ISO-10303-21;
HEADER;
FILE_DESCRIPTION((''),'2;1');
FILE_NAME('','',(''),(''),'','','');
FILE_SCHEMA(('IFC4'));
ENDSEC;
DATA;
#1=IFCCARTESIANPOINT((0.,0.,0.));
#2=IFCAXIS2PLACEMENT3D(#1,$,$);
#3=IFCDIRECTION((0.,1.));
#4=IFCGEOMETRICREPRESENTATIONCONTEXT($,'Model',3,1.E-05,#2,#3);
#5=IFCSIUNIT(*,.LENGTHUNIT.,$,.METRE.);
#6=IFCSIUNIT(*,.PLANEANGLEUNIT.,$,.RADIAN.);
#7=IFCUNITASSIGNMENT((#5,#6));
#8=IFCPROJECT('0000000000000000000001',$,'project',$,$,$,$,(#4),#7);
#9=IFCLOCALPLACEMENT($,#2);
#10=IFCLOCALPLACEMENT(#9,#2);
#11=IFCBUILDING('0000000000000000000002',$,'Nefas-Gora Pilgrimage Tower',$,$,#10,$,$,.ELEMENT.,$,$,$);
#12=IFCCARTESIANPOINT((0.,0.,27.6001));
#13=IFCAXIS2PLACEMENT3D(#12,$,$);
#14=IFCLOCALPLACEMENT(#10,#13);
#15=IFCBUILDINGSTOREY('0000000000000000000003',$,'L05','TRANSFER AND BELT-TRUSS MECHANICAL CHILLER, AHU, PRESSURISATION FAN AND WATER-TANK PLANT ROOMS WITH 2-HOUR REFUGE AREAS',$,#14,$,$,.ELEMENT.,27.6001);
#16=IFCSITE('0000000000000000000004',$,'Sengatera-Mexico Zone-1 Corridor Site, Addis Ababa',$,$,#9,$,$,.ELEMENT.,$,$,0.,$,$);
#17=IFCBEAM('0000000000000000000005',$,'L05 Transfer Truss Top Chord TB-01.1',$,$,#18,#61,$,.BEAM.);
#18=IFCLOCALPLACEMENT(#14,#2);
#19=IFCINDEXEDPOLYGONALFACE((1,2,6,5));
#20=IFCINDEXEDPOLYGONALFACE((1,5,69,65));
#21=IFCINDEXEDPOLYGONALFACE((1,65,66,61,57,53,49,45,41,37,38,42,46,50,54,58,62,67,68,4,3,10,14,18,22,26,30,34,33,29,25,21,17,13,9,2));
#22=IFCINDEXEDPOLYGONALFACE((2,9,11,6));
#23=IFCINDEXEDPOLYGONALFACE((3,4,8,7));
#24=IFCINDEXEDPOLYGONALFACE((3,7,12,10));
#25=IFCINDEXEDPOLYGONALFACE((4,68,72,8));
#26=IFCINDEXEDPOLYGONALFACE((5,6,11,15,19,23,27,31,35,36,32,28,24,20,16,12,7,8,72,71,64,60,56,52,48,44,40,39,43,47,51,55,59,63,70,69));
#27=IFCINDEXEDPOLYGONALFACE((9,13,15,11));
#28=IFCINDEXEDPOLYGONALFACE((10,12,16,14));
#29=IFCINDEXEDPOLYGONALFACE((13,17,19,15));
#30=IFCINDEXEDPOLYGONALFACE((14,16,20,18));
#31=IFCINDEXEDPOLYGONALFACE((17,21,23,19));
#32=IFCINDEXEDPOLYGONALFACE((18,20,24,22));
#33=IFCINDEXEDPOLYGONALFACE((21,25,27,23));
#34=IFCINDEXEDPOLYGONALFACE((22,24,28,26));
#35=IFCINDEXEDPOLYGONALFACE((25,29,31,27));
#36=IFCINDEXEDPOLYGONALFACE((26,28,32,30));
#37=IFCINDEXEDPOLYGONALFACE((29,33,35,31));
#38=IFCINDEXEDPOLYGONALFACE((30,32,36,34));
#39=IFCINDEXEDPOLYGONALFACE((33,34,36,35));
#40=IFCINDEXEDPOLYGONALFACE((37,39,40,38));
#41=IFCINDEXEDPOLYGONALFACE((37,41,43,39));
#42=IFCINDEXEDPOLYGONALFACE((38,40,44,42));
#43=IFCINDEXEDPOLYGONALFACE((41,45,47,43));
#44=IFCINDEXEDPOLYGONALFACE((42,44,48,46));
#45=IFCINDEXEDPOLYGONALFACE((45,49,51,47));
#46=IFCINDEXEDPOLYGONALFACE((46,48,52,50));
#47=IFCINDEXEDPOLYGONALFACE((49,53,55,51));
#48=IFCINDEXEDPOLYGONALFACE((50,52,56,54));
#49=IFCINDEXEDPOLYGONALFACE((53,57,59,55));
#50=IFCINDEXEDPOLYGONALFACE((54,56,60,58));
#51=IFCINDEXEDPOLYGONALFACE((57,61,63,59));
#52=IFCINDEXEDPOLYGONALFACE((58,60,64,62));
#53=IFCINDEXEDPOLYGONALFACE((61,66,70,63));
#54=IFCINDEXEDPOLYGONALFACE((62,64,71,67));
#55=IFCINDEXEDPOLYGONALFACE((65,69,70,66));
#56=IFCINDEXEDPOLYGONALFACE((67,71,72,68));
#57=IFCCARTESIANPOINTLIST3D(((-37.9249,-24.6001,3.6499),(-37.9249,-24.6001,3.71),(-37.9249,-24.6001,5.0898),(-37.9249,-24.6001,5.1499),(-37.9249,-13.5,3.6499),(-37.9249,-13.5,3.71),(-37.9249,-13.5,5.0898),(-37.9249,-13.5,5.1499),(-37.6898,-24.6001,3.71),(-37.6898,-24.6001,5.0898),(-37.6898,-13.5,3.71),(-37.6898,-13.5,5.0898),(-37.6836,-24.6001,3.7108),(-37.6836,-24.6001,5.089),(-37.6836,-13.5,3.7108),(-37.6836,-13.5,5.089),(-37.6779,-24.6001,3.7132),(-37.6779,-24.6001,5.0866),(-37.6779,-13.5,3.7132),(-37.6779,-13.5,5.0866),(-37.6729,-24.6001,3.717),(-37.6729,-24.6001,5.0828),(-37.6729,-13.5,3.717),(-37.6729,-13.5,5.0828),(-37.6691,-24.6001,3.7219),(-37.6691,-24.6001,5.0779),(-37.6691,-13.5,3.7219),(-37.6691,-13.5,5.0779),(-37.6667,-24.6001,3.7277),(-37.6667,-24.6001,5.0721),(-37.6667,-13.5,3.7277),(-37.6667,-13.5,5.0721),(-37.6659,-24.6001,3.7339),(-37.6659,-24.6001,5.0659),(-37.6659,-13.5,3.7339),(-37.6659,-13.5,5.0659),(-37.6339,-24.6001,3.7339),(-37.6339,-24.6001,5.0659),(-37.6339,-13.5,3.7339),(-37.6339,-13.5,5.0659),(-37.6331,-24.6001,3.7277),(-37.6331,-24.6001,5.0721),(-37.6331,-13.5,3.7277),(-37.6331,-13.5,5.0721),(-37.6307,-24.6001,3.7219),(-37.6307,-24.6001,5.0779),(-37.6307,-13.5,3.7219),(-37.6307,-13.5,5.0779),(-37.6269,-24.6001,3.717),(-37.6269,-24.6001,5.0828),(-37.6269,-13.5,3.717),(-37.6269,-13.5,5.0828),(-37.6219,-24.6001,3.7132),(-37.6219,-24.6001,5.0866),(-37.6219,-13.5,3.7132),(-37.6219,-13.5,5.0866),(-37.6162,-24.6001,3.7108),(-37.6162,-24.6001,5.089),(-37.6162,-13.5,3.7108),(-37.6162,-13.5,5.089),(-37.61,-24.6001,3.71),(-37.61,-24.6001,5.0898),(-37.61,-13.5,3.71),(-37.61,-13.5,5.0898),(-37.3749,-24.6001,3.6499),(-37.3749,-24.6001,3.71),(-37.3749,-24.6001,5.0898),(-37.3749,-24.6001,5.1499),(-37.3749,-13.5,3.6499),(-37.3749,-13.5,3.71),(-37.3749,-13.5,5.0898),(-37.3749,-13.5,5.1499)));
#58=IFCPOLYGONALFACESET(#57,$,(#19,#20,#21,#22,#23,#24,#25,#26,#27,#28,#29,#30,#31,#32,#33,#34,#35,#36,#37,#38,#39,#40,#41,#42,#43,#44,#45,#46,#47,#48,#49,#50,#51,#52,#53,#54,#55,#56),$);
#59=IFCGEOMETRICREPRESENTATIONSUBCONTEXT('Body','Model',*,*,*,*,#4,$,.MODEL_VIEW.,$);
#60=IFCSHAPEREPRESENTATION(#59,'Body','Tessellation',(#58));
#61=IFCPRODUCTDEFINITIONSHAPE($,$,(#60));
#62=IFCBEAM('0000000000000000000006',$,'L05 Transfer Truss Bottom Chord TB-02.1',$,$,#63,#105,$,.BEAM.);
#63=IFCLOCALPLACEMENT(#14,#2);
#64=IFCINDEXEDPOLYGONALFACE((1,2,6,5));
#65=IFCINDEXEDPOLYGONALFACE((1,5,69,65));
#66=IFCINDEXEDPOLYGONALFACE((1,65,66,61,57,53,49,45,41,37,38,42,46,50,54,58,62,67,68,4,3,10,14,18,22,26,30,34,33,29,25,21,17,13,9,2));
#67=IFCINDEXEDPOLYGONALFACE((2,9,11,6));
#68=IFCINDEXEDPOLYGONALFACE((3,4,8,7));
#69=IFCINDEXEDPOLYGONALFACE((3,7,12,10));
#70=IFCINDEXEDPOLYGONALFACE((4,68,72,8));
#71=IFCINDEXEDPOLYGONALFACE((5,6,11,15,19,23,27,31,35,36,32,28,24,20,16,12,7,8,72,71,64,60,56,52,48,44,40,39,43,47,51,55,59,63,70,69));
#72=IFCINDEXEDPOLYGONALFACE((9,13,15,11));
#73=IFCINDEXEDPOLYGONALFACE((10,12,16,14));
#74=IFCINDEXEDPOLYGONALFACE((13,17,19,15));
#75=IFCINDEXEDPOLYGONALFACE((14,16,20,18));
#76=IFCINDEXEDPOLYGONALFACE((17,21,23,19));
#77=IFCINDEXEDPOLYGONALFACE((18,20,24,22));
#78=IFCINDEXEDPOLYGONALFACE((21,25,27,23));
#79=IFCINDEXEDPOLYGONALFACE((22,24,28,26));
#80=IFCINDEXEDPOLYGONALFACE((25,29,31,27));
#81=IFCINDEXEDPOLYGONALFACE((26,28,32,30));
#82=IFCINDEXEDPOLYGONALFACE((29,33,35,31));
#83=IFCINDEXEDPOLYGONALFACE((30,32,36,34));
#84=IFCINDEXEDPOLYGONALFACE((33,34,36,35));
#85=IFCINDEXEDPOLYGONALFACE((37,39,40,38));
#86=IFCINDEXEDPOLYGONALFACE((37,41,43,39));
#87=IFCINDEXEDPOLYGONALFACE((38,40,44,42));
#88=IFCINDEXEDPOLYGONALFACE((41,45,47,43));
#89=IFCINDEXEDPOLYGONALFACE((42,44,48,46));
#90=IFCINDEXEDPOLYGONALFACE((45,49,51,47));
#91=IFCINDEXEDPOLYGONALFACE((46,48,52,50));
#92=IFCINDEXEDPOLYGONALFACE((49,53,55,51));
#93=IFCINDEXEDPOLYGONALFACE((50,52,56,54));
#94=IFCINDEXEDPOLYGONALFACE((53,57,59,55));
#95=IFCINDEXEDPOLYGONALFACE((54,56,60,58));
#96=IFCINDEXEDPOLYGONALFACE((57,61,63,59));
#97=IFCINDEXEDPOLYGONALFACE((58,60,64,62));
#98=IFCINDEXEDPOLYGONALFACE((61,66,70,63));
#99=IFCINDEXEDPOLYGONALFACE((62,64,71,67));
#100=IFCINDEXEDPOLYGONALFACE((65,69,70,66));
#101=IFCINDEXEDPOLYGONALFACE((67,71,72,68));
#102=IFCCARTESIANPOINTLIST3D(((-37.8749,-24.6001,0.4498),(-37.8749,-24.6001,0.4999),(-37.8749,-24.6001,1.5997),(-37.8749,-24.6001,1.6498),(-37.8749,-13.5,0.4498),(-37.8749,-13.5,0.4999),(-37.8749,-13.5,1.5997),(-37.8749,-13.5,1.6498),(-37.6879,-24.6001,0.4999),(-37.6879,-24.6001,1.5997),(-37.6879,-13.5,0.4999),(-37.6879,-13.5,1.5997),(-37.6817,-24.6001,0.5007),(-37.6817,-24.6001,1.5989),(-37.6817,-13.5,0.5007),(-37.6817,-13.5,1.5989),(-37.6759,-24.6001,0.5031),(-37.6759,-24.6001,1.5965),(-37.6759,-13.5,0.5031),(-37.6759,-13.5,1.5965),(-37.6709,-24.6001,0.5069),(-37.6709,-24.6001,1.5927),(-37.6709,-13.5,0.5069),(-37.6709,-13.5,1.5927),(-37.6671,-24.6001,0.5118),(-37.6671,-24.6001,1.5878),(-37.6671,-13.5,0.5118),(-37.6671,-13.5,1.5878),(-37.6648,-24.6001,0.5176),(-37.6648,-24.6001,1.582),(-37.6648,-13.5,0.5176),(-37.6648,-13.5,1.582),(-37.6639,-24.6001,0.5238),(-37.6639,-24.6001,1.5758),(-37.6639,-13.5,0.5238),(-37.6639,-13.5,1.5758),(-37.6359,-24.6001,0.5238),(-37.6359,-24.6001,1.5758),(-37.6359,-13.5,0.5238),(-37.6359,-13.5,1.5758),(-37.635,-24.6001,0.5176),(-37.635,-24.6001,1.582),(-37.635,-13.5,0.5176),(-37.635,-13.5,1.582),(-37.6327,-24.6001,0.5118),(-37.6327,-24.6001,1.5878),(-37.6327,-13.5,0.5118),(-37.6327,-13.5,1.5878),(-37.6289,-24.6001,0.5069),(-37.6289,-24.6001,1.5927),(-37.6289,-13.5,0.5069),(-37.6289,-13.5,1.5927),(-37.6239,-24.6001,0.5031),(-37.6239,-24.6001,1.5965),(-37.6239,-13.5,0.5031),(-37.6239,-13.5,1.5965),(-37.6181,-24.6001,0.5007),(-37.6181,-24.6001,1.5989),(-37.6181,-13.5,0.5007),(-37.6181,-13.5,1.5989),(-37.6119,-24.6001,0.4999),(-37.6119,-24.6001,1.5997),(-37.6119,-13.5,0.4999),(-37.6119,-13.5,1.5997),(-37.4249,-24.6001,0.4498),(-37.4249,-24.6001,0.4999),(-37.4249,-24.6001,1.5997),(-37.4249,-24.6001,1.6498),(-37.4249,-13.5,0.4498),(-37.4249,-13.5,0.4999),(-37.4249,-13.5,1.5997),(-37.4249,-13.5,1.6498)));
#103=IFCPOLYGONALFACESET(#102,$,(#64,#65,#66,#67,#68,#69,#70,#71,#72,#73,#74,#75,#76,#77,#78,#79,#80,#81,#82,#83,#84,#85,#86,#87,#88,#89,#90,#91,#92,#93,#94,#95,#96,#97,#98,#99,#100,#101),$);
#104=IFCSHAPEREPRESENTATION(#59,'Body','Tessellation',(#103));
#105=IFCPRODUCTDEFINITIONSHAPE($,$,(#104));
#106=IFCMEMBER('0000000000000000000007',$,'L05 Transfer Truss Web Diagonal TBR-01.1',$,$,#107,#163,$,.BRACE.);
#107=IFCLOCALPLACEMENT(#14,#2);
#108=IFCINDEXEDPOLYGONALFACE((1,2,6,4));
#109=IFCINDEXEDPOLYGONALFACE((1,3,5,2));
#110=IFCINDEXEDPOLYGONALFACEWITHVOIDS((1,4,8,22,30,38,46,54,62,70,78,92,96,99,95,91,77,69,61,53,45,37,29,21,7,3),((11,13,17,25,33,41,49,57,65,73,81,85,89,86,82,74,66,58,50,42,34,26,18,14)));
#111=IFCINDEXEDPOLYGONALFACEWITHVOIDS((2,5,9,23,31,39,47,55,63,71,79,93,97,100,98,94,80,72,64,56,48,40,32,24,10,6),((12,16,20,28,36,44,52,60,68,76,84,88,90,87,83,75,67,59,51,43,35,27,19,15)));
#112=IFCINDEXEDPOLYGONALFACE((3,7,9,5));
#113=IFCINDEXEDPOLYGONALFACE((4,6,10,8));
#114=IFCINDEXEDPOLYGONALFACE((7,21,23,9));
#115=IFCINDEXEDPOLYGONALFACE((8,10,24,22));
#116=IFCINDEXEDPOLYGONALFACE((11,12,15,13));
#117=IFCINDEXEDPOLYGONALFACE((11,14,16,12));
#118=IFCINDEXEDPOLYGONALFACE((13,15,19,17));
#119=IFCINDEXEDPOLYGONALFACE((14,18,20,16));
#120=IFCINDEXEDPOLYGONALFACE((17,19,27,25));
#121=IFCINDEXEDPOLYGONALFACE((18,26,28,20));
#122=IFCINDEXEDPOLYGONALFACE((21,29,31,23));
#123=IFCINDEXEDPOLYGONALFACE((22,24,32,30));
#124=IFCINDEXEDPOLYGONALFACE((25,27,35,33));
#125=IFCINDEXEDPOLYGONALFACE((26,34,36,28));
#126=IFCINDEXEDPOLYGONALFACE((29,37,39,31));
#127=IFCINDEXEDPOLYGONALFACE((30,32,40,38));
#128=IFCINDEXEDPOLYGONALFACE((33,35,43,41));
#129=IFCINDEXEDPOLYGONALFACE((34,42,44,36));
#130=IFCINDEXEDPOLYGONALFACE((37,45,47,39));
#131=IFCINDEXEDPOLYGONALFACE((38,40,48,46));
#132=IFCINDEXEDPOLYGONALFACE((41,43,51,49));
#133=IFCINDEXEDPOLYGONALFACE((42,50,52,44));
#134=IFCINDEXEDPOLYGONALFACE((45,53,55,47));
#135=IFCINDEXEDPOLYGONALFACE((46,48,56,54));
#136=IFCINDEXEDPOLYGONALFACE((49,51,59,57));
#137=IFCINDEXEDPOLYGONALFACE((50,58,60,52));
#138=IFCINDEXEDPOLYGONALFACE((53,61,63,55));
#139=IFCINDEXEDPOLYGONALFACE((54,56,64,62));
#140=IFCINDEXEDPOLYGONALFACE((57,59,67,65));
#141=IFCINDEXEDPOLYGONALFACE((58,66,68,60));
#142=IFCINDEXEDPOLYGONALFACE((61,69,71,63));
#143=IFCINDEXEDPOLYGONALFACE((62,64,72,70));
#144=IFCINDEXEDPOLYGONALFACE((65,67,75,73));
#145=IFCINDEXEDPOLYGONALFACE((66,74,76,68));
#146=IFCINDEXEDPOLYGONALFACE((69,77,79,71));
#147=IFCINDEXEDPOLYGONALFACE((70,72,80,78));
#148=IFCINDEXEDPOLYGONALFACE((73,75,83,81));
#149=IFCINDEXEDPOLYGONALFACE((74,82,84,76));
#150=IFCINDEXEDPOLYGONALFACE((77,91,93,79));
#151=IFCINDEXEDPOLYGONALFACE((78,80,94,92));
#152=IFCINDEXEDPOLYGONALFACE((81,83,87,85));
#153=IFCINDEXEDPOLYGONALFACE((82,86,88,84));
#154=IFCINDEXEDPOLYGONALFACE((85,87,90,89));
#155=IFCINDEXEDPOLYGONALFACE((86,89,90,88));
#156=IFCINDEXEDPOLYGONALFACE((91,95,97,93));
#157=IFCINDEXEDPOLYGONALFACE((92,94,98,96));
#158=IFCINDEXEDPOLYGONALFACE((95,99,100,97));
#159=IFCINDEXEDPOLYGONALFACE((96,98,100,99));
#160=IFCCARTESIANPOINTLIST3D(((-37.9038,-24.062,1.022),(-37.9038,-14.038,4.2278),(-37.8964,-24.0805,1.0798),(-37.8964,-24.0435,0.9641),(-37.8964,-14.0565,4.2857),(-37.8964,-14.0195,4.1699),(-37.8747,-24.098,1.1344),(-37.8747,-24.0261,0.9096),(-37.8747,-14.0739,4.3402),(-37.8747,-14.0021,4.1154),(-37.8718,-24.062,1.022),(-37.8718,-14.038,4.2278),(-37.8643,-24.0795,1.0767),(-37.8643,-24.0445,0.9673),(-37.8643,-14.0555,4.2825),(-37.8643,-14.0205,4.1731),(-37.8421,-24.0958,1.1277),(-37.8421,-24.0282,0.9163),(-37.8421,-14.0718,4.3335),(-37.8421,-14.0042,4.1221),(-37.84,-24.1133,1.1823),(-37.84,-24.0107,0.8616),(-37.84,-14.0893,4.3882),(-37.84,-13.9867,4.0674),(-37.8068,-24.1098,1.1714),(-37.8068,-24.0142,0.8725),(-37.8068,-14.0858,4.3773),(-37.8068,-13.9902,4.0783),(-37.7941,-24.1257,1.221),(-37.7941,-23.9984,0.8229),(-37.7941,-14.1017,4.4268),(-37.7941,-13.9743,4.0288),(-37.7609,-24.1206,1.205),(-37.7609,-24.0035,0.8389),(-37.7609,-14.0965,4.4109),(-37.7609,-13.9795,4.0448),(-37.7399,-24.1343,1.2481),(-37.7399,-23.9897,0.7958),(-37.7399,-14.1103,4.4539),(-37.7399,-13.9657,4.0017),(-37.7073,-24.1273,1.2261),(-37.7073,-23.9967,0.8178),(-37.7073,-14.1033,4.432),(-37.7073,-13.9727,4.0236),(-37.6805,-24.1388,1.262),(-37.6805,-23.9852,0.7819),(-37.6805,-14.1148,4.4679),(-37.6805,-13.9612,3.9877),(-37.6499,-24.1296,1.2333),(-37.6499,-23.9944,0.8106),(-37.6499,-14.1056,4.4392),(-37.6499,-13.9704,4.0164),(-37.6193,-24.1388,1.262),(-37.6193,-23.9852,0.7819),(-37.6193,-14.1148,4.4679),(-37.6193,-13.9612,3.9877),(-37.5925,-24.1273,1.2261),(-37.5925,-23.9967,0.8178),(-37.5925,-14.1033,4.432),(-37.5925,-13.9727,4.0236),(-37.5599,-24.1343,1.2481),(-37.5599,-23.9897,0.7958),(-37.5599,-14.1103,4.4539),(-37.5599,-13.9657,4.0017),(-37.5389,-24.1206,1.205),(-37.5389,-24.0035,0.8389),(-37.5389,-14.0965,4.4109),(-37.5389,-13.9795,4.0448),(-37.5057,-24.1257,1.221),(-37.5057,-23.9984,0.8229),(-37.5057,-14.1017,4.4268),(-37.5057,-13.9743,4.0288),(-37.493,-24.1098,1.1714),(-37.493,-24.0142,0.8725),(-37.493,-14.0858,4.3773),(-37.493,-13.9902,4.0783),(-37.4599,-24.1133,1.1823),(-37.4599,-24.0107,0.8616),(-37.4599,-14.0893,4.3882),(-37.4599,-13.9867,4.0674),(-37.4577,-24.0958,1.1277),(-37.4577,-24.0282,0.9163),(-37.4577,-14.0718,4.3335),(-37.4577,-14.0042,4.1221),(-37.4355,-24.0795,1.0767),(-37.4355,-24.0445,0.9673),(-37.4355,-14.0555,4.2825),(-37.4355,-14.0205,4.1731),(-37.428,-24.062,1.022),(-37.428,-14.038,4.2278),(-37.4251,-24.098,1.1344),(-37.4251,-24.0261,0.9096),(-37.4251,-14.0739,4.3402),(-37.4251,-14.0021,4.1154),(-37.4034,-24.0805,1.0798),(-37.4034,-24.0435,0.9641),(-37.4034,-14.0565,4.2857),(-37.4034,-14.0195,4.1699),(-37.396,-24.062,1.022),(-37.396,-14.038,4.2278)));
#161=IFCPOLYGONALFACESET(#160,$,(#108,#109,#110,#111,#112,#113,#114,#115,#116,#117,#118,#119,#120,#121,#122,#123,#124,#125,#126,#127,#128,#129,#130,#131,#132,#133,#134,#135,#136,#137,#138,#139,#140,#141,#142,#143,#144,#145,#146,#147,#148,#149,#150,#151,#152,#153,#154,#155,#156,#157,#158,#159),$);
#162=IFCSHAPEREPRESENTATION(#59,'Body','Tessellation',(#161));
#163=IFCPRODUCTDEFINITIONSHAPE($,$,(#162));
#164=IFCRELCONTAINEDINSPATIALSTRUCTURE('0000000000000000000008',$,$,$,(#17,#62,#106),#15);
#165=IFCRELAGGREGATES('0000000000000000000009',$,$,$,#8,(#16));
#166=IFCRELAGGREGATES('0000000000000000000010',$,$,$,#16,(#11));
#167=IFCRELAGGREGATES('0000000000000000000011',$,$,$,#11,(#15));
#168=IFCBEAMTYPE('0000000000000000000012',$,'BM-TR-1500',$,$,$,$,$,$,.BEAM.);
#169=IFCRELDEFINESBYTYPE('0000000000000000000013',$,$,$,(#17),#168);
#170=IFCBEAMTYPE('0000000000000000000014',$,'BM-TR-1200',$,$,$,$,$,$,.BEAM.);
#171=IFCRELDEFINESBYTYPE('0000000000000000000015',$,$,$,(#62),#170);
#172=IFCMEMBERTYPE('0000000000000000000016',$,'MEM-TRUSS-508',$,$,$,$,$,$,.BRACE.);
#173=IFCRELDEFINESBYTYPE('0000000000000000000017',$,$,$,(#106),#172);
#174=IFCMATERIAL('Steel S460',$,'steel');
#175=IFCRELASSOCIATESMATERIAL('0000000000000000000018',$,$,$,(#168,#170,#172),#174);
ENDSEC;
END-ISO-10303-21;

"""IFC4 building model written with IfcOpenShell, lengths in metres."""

from ifc_helpers import new_model, si_unit, direction, frame, origin, origin_2d, place, context, subcontext, project, spatial, hollow_circle, i_section, extrude, source, transform, mapped, material, material_profile, profile_set, type_object, element, save


model = new_model("IFC4")

# Units and contexts
model_context = context("Model", 3, precision=1e-05, world=origin(), true_north=direction((0.0, 1.0)))
body_context = subcontext(model_context, "Body", "Model", "MODEL_VIEW")
ifc_project = project(units=[si_unit("LENGTHUNIT", "METRE"), si_unit("PLANEANGLEUNIT", "RADIAN")], contexts=[model_context])

# Site, building, storey
site_placement = place(None, origin())
site = spatial("IfcSite", under=ifc_project, at=site_placement, Name="Sengatera-Mexico Zone-1 Corridor Site, Addis Ababa", CompositionType="ELEMENT", RefElevation=0.0)
building_placement = place(site_placement, origin())
building = spatial("IfcBuilding", under=site, at=building_placement, Name="Nefas-Gora Pilgrimage Tower", CompositionType="ELEMENT")
storey_placement = place(building_placement, frame((0.0, 0.0, 27.6001)))
storey = spatial("IfcBuildingStorey", under=building, at=storey_placement, Name="L05", Description="TRANSFER AND BELT-TRUSS MECHANICAL CHILLER, AHU, PRESSURISATION FAN AND WATER-TANK PLANT ROOMS WITH 2-HOUR REFUGE AREAS", CompositionType="ELEMENT", Elevation=27.6001)

# Shared definitions
ifc_material_1 = material(Name="Steel S460", Category="steel")

# Beams
ifc_material_profile_1 = material_profile(ifc_material_1, i_section(OverallWidth=0.55, OverallDepth=1.5, WebThickness=0.032, FlangeThickness=0.0601, FilletRadius=0.0239, at=origin_2d()), Name="WPG 1500x550x32x60")
ifc_profile_set_1 = profile_set([ifc_material_profile_1], Name="Steel S460")
beam_type_1 = type_object("IfcBeamType", Name="BM-TR-1500", PredefinedType="BEAM", material=ifc_profile_set_1)
shared_shape_1 = source(origin(), body_context, "Body", "SweptSolid", [
    extrude(i_section(OverallWidth=0.55, OverallDepth=1.5, WebThickness=0.032, FlangeThickness=0.0601, FilletRadius=0.0239, at=origin_2d()), origin(), (0.0, 0.0, 1.0), 11.1001),
])
beam_1_placement = place(storey_placement, frame((-37.6499, -24.6001, 4.3999), z_axis=(0.0, 1.0, 0.0), x_axis=(-1.0, 0.0, 0.0)))
element("IfcBeam", 1, at=beam_1_placement, inside=storey, type_object=beam_type_1, Name="L05 Transfer Truss Top Chord TB-01.1", PredefinedType="BEAM", context=body_context, shape_type="MappedRepresentation", body=[
    mapped(shared_shape_1, transform((0.0, 0.0, 0.0), x_axis=(1.0, 0.0, 0.0), y_axis=(0.0, 1.0, 0.0), z_axis=(0.0, 0.0, 1.0), scale=1.0)),
])
ifc_material_profile_2 = material_profile(ifc_material_1, i_section(OverallWidth=0.45, OverallDepth=1.2, WebThickness=0.0281, FlangeThickness=0.05, FilletRadius=0.0239, at=origin_2d()), Name="WPG 1200x450x28x50")
ifc_profile_set_2 = profile_set([ifc_material_profile_2], Name="Steel S460")
beam_type_2 = type_object("IfcBeamType", Name="BM-TR-1200", PredefinedType="BEAM", material=ifc_profile_set_2)
shared_shape_2 = source(origin(), body_context, "Body", "SweptSolid", [
    extrude(i_section(OverallWidth=0.45, OverallDepth=1.2, WebThickness=0.0281, FlangeThickness=0.05, FilletRadius=0.0239, at=origin_2d()), origin(), (0.0, 0.0, 1.0), 11.1001),
])
beam_2_placement = place(storey_placement, frame((-37.6499, -24.6001, 1.0498), z_axis=(0.0, 1.0, 0.0), x_axis=(-1.0, 0.0, 0.0)))
element("IfcBeam", 2, at=beam_2_placement, inside=storey, type_object=beam_type_2, Name="L05 Transfer Truss Bottom Chord TB-02.1", PredefinedType="BEAM", context=body_context, shape_type="MappedRepresentation", body=[
    mapped(shared_shape_2, transform((0.0, 0.0, 0.0), x_axis=(1.0, 0.0, 0.0), y_axis=(0.0, 1.0, 0.0), z_axis=(0.0, 0.0, 1.0), scale=1.0)),
])

# Member
ifc_material_profile_3 = material_profile(ifc_material_1, hollow_circle(Radius=0.2539, WallThickness=0.032, at=origin_2d()), Name="CHS 508x32")
ifc_profile_set_3 = profile_set([ifc_material_profile_3], Name="Steel S460")
member_type = type_object("IfcMemberType", Name="MEM-TRUSS-508", PredefinedType="BRACE", material=ifc_profile_set_3)
shared_shape_3 = source(origin(), body_context, "Body", "SweptSolid", [
    extrude(hollow_circle(Radius=0.2539, WallThickness=0.032, at=origin_2d()), origin(), (0.0, 0.0, 1.0), 10.5242),
])
member_1_placement = place(storey_placement, frame((-37.6499, -24.062, 1.022), z_axis=(0.0, 0.952475, 0.304617), x_axis=(-1.0, 0.0, 0.0)))
element("IfcMember", 3, at=member_1_placement, inside=storey, type_object=member_type, Name="L05 Transfer Truss Web Diagonal TBR-01.1", PredefinedType="BRACE", context=body_context, shape_type="MappedRepresentation", body=[
    mapped(shared_shape_3, transform((0.0, 0.0, 0.0), x_axis=(1.0, 0.0, 0.0), y_axis=(0.0, 1.0, 0.0), z_axis=(0.0, 0.0, 1.0), scale=1.0)),
])

save(model, "model.ifc")
